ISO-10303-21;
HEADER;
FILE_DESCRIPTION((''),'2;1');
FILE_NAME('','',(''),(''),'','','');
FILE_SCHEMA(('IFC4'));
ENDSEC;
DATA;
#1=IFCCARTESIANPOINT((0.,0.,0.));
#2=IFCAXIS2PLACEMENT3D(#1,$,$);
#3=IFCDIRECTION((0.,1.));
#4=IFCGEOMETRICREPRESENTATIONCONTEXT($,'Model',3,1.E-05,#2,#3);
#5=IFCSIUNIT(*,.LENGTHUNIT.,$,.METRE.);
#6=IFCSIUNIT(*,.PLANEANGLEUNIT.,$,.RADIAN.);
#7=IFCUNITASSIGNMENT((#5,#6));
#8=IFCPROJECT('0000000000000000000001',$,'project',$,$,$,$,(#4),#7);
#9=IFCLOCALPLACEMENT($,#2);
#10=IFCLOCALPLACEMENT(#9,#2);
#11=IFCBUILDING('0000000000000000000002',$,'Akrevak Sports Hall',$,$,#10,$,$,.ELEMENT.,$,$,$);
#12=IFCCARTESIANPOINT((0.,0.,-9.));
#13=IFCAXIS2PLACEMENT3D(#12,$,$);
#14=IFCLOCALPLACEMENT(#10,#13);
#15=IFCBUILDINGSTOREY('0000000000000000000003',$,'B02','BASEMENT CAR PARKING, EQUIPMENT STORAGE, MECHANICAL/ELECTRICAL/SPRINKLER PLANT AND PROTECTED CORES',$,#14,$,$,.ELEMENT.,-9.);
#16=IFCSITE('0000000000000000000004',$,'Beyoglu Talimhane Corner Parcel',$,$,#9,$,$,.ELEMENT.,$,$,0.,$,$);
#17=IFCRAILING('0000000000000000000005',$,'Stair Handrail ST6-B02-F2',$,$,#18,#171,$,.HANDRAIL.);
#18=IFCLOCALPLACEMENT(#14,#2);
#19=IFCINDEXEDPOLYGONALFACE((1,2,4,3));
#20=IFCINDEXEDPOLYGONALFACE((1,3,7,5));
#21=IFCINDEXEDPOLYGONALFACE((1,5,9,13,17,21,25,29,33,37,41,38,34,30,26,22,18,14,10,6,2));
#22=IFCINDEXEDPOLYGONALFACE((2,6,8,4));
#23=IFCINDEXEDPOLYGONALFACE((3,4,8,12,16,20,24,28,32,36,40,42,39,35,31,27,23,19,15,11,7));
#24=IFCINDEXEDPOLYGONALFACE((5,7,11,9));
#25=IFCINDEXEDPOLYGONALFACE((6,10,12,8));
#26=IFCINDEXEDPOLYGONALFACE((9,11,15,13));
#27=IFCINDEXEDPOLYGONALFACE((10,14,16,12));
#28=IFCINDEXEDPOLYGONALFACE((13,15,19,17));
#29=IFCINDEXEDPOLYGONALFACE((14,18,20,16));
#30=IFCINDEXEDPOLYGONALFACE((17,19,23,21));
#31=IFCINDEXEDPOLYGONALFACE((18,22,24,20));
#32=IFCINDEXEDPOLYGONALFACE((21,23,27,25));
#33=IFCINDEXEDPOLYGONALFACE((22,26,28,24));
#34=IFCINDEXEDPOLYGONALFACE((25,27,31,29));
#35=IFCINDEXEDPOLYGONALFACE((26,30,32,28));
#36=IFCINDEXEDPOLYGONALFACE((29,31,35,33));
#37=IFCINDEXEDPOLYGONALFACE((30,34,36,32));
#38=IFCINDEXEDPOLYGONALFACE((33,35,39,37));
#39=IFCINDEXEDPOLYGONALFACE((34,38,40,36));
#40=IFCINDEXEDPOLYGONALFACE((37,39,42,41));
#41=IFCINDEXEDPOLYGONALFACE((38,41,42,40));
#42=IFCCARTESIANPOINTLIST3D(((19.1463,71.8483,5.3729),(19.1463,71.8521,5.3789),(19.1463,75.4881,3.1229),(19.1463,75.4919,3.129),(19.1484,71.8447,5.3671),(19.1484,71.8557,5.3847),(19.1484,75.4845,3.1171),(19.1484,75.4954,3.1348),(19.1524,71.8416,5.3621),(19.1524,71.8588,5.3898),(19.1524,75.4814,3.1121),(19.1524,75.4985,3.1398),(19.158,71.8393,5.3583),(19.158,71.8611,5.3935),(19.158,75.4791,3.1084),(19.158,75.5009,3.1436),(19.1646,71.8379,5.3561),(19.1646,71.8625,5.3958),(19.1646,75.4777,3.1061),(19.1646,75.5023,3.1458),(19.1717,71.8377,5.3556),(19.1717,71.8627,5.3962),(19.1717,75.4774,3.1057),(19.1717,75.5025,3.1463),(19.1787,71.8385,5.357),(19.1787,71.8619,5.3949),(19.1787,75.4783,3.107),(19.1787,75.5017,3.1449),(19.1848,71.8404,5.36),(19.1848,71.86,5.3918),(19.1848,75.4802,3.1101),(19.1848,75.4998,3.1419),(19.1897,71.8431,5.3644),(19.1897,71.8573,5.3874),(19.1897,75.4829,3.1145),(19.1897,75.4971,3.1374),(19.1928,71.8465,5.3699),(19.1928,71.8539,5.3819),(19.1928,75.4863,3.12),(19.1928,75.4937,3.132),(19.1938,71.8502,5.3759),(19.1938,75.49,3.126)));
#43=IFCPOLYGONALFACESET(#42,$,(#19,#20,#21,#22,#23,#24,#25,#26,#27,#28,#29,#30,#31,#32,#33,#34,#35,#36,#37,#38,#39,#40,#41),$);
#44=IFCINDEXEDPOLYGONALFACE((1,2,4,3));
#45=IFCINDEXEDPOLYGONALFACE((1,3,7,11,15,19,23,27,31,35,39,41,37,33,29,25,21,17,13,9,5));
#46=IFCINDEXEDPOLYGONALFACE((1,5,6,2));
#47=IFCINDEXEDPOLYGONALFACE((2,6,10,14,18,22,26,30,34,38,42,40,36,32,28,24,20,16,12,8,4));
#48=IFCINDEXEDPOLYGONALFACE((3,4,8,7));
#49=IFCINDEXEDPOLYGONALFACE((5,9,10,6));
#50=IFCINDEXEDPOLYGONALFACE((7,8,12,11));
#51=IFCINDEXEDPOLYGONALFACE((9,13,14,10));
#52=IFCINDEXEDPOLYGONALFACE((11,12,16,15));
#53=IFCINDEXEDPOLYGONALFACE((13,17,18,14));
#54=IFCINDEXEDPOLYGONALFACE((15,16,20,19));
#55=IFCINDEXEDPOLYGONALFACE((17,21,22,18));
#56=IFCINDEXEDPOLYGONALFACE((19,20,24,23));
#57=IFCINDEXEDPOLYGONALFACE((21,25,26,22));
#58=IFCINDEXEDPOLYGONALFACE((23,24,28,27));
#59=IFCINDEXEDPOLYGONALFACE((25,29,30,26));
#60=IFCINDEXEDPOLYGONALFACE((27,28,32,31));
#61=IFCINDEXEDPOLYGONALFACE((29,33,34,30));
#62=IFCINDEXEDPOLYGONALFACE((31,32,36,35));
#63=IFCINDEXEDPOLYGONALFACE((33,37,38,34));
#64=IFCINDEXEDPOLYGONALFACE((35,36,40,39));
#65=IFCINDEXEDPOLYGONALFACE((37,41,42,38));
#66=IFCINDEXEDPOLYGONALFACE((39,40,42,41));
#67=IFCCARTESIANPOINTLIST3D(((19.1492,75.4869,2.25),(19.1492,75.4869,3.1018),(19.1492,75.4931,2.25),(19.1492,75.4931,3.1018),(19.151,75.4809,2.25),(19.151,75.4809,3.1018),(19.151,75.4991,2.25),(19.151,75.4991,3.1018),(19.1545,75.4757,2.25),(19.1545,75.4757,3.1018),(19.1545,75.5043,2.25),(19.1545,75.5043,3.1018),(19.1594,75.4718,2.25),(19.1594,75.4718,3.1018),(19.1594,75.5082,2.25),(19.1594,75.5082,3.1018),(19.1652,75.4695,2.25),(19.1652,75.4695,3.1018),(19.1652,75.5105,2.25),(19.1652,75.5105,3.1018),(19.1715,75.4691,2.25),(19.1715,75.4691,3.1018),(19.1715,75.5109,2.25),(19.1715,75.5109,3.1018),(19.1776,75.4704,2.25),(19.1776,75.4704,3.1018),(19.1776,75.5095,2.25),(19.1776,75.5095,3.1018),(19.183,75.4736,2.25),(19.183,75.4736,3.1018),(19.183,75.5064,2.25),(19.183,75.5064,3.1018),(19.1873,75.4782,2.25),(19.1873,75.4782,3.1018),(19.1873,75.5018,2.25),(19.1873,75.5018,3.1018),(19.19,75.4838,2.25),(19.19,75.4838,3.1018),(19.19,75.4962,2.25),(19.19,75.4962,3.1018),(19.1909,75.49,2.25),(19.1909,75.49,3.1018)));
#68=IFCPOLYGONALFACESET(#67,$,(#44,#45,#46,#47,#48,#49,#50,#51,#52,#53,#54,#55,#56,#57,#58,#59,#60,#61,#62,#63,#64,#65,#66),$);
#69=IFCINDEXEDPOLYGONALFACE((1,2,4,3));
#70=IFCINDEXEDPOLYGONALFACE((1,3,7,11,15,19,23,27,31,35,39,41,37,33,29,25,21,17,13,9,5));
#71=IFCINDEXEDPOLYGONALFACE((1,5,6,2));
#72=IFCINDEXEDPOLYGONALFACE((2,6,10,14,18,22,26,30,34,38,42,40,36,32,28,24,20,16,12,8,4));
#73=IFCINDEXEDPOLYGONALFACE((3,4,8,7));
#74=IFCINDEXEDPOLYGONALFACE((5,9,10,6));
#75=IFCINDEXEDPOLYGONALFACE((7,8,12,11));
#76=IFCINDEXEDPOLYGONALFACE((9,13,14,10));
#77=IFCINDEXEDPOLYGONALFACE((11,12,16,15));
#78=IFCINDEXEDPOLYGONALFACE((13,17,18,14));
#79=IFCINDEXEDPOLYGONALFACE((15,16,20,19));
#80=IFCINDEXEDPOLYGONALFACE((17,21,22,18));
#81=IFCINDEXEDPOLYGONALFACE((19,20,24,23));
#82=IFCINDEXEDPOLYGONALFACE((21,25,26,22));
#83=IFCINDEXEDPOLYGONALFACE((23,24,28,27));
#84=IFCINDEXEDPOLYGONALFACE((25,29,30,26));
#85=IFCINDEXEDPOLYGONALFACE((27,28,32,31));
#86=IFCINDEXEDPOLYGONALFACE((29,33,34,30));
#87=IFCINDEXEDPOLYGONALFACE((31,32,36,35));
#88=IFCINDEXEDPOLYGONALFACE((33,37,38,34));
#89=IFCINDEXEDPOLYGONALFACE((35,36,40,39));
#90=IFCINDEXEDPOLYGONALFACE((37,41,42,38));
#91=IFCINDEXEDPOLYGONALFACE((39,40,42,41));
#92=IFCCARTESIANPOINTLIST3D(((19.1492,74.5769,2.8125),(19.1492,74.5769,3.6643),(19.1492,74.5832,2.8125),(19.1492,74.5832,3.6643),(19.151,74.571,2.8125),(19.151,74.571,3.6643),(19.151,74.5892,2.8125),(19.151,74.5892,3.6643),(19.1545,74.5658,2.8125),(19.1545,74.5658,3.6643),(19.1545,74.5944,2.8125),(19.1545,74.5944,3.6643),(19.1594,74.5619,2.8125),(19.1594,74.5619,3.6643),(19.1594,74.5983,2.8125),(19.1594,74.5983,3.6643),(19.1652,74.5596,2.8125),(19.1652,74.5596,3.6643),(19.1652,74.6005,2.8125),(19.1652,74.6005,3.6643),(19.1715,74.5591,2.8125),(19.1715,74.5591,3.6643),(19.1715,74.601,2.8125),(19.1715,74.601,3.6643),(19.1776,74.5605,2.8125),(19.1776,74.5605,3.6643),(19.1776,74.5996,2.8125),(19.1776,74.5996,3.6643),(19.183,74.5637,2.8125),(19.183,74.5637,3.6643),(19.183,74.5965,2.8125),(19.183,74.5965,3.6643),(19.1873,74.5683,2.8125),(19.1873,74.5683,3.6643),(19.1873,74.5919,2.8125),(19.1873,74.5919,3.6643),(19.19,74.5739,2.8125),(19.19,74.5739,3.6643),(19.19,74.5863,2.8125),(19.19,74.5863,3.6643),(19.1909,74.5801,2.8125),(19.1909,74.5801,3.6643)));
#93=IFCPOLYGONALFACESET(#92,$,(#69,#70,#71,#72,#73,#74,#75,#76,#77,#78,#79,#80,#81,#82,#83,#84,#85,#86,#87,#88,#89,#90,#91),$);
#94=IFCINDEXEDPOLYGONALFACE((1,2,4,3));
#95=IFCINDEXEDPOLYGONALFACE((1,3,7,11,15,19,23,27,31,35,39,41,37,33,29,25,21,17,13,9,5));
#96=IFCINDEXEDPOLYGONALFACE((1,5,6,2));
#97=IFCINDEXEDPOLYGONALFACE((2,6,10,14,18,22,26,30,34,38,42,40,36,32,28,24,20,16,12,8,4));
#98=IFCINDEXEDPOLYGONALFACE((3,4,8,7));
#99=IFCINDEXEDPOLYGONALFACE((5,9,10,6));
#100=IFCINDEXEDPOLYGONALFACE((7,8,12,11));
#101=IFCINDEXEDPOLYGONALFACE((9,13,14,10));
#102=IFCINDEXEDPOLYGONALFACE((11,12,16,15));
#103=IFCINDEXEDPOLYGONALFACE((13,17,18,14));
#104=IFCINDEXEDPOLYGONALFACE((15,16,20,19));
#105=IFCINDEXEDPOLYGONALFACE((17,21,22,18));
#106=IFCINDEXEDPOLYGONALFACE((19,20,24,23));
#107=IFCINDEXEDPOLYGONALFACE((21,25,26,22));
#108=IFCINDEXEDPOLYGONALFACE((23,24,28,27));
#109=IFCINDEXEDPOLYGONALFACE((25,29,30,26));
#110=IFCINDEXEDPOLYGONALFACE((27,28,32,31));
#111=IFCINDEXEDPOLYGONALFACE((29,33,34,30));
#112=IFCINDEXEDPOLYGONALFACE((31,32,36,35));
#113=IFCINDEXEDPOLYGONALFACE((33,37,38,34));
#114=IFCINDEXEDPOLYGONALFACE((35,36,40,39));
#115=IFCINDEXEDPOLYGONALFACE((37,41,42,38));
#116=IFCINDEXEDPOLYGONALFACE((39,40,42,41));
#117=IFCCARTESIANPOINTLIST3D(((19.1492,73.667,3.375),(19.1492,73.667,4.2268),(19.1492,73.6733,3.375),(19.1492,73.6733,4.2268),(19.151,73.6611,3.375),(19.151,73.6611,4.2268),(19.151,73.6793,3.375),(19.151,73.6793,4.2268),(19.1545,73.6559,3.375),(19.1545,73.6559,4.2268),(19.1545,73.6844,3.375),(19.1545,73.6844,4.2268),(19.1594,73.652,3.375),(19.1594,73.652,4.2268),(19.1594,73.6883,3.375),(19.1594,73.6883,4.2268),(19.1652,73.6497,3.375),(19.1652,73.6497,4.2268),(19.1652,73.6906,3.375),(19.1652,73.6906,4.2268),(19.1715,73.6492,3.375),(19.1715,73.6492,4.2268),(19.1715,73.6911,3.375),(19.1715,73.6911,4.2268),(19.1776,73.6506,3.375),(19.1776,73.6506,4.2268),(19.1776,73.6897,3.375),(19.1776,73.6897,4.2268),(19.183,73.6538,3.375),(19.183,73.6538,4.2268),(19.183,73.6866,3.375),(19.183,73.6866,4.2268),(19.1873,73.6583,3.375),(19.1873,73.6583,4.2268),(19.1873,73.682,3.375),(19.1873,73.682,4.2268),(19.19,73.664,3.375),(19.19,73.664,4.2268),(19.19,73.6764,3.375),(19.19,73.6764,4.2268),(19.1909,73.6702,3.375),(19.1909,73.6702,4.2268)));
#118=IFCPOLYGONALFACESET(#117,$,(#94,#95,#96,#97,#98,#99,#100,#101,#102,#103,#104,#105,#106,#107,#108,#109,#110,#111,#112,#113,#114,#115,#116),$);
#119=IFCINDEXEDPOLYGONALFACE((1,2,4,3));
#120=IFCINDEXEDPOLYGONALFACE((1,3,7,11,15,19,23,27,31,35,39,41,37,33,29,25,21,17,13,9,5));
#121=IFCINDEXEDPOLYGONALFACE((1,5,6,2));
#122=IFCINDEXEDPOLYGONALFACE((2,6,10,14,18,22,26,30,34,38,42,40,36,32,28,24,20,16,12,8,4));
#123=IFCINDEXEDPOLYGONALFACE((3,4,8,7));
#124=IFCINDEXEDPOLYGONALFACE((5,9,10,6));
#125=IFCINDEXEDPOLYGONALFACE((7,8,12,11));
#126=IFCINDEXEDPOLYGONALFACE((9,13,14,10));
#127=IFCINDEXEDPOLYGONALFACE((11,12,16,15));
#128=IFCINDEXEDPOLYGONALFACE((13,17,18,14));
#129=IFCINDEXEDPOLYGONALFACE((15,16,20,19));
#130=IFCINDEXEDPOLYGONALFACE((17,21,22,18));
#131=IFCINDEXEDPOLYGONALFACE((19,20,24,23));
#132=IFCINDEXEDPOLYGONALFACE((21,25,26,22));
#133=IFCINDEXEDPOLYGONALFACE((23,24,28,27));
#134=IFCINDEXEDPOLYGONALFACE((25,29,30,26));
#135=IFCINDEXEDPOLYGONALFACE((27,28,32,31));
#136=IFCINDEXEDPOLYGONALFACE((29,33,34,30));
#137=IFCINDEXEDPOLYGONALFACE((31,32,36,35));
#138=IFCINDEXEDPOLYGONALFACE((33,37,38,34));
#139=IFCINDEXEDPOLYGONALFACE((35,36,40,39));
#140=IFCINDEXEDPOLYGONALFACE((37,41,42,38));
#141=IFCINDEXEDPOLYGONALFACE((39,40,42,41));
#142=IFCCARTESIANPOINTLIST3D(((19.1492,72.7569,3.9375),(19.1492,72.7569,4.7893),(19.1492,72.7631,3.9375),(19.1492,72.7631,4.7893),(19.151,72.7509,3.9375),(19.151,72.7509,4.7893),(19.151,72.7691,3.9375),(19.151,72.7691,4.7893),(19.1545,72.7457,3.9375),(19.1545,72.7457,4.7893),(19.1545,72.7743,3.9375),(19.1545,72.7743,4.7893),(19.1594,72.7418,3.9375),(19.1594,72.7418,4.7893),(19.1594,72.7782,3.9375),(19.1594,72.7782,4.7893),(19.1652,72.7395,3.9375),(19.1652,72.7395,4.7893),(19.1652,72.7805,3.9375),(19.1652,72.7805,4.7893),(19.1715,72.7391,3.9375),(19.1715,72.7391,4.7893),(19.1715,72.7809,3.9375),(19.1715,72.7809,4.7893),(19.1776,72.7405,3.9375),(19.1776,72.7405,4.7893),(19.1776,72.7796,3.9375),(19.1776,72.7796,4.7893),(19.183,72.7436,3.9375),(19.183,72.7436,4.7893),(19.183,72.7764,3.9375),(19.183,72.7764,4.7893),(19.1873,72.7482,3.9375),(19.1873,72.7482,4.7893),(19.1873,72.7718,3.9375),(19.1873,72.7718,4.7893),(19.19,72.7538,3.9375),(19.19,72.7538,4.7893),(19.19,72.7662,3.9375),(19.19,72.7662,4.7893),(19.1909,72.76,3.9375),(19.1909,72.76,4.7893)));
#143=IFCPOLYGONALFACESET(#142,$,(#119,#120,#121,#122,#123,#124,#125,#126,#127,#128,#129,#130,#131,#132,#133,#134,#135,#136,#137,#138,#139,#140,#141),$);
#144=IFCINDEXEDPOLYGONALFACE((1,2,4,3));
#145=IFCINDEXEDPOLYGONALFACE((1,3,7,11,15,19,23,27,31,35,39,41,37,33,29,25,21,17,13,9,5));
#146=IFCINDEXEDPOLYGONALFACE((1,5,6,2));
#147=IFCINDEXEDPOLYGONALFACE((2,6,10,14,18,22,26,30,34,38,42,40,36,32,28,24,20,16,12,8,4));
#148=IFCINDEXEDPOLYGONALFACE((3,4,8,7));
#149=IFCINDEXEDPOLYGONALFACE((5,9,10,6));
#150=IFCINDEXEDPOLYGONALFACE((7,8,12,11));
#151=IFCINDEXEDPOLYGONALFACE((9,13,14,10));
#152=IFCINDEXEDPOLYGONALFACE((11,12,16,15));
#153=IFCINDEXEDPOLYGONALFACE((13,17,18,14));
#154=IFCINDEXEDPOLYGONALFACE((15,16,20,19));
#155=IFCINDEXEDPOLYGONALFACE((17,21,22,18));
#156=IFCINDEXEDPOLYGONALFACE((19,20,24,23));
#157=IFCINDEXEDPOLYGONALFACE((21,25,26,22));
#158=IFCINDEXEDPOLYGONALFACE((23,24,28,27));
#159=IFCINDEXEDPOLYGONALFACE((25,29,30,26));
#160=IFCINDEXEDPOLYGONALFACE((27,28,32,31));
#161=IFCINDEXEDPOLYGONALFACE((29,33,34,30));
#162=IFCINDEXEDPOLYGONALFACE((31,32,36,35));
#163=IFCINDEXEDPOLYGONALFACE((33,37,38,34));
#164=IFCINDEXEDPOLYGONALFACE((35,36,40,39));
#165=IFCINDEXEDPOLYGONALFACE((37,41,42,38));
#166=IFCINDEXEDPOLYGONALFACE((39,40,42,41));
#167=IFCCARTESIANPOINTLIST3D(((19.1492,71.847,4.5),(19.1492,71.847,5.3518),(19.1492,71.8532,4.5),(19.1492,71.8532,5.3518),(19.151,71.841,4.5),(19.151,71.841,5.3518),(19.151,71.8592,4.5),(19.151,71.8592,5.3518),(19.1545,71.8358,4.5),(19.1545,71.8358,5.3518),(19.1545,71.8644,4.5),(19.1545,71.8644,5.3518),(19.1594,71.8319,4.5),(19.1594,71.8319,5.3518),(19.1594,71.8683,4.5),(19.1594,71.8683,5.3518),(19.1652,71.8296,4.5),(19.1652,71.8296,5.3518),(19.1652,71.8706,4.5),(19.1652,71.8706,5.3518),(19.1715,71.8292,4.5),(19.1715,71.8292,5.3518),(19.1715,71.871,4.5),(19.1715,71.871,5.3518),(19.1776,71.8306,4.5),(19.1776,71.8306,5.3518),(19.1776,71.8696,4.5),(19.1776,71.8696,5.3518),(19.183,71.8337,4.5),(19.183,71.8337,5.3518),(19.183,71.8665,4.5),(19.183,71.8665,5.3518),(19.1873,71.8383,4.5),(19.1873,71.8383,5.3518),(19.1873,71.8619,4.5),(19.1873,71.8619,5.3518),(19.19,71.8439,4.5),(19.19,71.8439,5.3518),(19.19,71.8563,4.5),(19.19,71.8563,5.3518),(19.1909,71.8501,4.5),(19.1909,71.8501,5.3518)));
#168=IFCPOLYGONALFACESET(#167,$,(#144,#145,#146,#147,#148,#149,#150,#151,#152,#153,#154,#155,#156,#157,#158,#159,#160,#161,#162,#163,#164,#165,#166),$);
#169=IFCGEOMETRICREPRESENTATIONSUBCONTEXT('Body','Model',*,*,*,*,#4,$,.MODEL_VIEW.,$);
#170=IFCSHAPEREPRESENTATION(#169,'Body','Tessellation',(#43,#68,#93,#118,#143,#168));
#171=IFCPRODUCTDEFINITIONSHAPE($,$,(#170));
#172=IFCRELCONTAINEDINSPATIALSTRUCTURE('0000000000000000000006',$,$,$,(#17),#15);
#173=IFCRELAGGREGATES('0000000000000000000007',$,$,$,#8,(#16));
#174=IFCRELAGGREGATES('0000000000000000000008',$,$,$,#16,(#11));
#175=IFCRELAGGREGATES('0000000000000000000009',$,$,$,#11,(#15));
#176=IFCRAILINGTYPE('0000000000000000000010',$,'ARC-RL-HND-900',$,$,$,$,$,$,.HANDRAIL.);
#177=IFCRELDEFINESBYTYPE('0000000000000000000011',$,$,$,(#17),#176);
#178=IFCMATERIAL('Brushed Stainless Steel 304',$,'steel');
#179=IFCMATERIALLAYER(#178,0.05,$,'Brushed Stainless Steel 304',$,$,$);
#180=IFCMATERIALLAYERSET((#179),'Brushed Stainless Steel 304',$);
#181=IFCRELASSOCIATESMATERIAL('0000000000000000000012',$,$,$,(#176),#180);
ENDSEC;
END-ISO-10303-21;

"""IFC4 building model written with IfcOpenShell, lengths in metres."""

from ifc_helpers import new_model, si_unit, direction, frame, origin, origin_2d, place, context, subcontext, project, spatial, circle, extrude, material, layer, layer_set, type_object, element, save


model = new_model("IFC4")

# Units and contexts
model_context = context("Model", 3, precision=1e-05, world=origin(), true_north=direction((0.0, 1.0)))
body_context = subcontext(model_context, "Body", "Model", "MODEL_VIEW")
ifc_project = project(units=[si_unit("LENGTHUNIT", "METRE"), si_unit("PLANEANGLEUNIT", "RADIAN")], contexts=[model_context])

# Site, building, storey
site_placement = place(None, origin())
site = spatial("IfcSite", under=ifc_project, at=site_placement, Name="Beyoglu Talimhane Corner Parcel", CompositionType="ELEMENT", RefElevation=0.0)
building_placement = place(site_placement, origin())
building = spatial("IfcBuilding", under=site, at=building_placement, Name="Akrevak Sports Hall", CompositionType="ELEMENT")
storey_placement = place(building_placement, frame((0.0, 0.0, -9.0)))
storey = spatial("IfcBuildingStorey", under=building, at=storey_placement, Name="B02", Description="BASEMENT CAR PARKING, EQUIPMENT STORAGE, MECHANICAL/ELECTRICAL/SPRINKLER PLANT AND PROTECTED CORES", CompositionType="ELEMENT", Elevation=-9.0)

# Railing
ifc_material_1 = material(Name="Brushed Stainless Steel 304", Category="steel")
ifc_layer_1 = layer(ifc_material_1, 0.05, Name="Brushed Stainless Steel 304")
ifc_layer_set_1 = layer_set([ifc_layer_1], Name="Brushed Stainless Steel 304")
railing_type_1 = type_object("IfcRailingType", Name="ARC-RL-HND-900", PredefinedType="HANDRAIL", material=ifc_layer_set_1)
railing_1_placement = place(storey_placement, frame((19.1699, 75.49, 2.25)))
element("IfcRailing", 1, at=railing_1_placement, inside=storey, type_object=railing_type_1, Name="Stair Handrail ST6-B02-F2", PredefinedType="HANDRAIL", context=body_context, shape_type="SweptSolid", body=[
    extrude(circle(Radius=0.0239, at=origin_2d()), frame((0.0, 0.0, 0.876), z_axis=(0.0, -0.850607, 0.525803), x_axis=(1.0, 0.0, 0.0)), (0.0, 0.0, 1.0), 4.2791),
    extrude(circle(Radius=0.021, at=origin_2d()), origin(), (0.0, 0.0, 1.0), 0.8518),
    extrude(circle(Radius=0.021, at=origin_2d()), frame((0.0, -0.9099, 0.5625)), (0.0, 0.0, 1.0), 0.8518),
    extrude(circle(Radius=0.021, at=origin_2d()), frame((0.0, -1.8198, 1.125)), (0.0, 0.0, 1.0), 0.8518),
    extrude(circle(Radius=0.021, at=origin_2d()), frame((0.0, -2.73, 1.6875)), (0.0, 0.0, 1.0), 0.8518),
    extrude(circle(Radius=0.021, at=origin_2d()), frame((0.0, -3.6399, 2.25)), (0.0, 0.0, 1.0), 0.8518),
])

save(model, "model.ifc")
